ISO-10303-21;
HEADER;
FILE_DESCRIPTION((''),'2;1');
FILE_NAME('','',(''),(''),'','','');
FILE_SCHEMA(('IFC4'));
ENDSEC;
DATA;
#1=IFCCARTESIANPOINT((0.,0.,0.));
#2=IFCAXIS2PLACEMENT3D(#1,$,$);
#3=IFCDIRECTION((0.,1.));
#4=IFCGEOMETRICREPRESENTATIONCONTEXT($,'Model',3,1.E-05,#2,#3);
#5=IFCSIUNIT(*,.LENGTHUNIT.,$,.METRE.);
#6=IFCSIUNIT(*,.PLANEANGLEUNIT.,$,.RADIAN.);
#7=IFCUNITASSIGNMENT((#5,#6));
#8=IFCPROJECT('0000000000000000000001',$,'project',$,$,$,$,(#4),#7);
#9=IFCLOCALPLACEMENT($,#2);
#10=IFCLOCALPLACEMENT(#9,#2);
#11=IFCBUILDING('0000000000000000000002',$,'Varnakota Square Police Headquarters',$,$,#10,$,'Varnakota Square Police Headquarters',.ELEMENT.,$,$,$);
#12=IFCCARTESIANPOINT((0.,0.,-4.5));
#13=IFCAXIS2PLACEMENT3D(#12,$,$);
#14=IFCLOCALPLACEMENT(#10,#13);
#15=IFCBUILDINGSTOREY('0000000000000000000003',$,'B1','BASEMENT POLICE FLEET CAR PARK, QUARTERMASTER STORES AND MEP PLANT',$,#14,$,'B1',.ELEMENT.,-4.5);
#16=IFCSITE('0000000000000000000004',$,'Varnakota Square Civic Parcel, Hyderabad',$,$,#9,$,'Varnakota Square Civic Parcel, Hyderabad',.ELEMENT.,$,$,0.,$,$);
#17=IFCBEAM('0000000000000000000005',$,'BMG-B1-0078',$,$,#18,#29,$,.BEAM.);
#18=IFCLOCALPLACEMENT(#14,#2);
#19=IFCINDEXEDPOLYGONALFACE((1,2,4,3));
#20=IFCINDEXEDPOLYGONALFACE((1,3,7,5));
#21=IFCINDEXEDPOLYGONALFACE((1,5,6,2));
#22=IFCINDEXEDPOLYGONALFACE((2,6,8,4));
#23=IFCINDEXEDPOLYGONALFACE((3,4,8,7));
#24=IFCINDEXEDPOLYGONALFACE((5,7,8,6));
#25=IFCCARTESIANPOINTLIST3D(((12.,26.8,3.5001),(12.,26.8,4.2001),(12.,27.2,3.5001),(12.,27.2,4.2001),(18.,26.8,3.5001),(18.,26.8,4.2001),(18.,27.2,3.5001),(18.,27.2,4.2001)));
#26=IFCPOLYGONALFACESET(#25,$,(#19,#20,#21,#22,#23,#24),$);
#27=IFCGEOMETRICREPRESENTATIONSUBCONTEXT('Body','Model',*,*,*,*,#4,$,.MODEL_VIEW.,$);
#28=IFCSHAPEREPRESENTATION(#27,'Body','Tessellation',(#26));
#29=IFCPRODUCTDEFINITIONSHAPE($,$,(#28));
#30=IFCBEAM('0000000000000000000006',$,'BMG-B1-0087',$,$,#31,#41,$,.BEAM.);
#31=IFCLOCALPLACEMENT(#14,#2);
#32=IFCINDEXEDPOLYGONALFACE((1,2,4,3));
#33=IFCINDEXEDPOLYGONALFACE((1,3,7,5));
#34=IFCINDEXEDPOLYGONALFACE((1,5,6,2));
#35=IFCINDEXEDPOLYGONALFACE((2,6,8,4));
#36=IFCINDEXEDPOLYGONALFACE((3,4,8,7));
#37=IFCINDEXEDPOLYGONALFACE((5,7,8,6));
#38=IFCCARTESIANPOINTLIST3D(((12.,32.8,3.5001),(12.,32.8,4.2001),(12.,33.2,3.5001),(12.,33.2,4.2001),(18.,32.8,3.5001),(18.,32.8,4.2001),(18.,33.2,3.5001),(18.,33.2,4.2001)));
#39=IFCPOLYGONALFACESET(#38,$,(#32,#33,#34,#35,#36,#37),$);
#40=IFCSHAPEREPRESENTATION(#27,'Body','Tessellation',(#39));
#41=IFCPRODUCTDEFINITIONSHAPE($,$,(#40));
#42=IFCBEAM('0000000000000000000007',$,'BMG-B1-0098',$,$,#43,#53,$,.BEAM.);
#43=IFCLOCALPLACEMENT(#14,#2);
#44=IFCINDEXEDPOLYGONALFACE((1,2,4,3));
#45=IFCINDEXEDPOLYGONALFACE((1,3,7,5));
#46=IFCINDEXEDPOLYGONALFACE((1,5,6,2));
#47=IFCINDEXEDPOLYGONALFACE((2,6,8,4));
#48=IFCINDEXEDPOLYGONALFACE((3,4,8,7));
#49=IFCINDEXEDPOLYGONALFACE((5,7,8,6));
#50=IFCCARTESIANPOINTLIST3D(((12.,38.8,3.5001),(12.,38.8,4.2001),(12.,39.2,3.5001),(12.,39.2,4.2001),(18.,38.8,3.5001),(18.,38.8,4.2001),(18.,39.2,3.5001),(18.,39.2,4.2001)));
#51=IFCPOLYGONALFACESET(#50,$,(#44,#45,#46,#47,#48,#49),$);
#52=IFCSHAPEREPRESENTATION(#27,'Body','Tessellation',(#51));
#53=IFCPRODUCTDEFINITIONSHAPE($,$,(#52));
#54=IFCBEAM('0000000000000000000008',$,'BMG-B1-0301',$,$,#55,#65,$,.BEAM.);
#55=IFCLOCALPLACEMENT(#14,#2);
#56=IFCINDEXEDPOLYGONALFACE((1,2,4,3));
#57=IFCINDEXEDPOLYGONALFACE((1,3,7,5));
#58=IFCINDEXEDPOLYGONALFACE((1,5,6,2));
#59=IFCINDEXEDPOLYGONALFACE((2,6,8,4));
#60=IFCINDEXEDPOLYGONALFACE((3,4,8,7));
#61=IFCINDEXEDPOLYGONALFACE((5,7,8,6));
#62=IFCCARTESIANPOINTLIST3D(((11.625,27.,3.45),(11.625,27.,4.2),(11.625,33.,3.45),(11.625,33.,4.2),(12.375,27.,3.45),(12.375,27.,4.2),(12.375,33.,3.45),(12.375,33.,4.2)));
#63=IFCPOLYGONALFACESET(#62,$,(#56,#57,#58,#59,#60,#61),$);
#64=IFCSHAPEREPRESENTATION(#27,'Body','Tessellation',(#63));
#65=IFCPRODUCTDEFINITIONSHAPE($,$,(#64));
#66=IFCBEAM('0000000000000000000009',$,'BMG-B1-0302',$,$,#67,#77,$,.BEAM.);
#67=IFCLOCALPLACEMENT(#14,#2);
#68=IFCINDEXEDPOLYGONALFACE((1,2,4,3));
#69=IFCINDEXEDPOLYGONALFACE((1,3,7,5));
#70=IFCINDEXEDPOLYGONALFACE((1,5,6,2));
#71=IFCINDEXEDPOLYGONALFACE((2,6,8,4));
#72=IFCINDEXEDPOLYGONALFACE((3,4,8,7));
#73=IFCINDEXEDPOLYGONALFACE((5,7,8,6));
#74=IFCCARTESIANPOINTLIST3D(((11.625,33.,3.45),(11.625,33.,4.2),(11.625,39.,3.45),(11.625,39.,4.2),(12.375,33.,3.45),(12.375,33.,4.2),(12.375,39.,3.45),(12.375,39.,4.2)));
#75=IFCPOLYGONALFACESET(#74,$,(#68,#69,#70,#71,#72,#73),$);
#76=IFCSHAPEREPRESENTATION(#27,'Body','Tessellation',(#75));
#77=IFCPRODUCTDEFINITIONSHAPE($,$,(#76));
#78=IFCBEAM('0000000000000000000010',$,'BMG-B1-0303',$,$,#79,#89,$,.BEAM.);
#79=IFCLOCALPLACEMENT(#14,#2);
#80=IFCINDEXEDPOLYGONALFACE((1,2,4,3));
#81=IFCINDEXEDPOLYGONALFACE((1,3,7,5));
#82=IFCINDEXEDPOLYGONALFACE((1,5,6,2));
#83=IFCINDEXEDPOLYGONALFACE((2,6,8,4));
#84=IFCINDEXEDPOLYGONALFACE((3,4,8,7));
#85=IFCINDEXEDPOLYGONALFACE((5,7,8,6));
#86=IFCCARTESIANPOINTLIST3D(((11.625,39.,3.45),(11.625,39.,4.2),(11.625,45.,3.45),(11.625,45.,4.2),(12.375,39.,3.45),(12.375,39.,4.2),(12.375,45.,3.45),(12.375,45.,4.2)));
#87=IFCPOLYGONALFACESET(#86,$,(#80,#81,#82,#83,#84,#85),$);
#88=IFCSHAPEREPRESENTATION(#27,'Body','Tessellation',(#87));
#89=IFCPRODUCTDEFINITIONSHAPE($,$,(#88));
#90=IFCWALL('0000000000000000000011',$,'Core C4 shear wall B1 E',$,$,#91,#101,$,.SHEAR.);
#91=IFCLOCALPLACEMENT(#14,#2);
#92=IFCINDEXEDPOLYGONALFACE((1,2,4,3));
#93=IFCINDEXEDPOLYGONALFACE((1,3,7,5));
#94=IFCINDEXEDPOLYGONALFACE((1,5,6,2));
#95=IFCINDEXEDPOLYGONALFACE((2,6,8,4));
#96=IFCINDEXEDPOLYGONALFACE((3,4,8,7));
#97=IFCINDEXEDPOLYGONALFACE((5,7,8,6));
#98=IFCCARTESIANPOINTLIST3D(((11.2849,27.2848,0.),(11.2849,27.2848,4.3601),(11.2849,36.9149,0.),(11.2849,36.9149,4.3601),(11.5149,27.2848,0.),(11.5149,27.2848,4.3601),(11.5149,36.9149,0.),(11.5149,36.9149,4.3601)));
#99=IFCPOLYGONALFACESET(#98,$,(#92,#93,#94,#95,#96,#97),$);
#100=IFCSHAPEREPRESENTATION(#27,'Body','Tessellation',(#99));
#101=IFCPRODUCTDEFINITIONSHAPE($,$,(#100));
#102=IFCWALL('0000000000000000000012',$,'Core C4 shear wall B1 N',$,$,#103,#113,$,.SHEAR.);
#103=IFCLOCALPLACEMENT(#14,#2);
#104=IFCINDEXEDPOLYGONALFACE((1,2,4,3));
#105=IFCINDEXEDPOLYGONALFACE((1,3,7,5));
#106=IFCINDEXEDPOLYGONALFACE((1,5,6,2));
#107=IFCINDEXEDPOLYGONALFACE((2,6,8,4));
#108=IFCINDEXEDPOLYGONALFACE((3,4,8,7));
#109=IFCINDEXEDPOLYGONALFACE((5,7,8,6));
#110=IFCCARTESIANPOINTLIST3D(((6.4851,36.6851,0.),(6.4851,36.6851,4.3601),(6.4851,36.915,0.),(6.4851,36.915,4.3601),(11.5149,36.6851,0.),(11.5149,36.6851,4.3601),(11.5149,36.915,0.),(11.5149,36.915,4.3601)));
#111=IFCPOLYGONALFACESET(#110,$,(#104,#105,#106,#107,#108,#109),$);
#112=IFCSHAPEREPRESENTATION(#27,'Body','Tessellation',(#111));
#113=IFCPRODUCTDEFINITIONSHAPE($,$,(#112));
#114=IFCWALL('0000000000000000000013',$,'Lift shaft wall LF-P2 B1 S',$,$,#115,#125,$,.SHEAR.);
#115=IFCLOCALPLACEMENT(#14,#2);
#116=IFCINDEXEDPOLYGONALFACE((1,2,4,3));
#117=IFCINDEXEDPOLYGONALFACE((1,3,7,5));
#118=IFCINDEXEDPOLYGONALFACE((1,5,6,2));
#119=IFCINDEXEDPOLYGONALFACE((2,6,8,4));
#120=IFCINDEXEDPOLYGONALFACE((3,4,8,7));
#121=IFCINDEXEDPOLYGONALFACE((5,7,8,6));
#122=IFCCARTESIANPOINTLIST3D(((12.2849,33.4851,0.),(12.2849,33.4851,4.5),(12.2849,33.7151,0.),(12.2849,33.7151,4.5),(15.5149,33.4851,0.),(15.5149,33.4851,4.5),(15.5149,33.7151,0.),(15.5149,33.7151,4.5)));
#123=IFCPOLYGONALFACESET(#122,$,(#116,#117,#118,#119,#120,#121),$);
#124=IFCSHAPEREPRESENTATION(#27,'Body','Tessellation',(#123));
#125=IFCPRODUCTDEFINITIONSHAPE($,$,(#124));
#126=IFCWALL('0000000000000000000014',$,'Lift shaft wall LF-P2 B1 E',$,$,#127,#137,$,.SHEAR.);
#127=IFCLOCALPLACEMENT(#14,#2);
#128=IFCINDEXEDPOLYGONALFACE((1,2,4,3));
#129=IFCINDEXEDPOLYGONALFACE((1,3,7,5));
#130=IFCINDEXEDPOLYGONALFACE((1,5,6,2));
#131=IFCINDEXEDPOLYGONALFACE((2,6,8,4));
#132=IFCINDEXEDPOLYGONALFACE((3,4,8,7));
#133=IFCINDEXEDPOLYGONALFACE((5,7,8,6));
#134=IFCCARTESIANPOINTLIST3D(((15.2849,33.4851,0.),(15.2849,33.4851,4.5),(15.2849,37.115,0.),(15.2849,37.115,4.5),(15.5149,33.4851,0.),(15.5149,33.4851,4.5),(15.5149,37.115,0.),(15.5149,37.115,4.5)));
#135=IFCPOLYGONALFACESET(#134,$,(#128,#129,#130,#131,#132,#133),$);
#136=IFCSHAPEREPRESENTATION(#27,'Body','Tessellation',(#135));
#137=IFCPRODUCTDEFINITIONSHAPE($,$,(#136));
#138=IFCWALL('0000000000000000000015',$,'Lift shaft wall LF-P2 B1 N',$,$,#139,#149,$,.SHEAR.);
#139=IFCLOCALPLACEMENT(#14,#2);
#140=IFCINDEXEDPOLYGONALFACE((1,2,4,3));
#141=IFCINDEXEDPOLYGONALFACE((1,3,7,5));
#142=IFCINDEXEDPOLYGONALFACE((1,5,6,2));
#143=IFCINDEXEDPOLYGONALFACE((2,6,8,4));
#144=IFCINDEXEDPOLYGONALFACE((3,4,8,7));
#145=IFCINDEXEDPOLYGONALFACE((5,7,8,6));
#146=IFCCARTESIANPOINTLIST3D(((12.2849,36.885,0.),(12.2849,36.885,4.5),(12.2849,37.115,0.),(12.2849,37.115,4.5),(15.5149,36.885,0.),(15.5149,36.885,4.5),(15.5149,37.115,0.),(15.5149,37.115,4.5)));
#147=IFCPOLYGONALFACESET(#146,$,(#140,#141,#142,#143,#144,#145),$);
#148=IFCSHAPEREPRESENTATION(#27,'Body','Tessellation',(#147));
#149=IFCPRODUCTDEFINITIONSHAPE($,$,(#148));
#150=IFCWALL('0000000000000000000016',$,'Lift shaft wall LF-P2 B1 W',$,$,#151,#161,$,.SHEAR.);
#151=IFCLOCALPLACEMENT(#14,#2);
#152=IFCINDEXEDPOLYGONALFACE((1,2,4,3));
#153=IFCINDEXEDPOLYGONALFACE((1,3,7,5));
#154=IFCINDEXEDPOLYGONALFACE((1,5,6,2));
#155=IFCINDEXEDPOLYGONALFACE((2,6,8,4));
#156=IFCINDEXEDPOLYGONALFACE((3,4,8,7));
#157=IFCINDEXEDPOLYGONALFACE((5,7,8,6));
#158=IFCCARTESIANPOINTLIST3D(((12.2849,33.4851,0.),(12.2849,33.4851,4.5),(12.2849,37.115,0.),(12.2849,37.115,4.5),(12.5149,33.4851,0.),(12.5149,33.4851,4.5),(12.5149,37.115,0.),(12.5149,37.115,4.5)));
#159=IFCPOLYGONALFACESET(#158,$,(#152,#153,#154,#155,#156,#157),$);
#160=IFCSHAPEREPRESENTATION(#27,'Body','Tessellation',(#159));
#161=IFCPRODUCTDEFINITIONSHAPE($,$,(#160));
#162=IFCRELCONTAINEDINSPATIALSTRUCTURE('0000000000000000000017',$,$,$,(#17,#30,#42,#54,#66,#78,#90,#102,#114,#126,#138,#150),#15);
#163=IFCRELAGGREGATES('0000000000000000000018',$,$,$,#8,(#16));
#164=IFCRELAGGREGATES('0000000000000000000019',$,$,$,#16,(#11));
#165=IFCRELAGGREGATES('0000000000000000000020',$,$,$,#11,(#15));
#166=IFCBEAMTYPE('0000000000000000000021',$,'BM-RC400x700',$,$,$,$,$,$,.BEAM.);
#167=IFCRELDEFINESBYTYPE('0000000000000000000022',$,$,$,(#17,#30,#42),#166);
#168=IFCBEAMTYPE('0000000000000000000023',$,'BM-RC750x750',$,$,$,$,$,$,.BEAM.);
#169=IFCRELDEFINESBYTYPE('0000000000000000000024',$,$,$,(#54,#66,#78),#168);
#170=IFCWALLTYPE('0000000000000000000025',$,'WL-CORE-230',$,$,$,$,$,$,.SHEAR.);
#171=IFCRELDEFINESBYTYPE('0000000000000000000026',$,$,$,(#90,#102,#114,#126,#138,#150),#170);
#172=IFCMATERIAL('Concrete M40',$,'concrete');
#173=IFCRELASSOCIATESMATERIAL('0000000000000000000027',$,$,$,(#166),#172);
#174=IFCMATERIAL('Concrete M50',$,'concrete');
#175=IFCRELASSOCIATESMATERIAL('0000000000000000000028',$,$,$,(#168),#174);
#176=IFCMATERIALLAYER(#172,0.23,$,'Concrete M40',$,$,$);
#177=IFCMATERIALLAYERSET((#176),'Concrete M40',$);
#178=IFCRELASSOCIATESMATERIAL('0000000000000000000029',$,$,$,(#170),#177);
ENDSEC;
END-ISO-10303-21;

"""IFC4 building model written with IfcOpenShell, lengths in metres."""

from ifc_helpers import new_model, si_unit, direction, frame, frame_2d, origin, origin_2d, place, context, subcontext, project, spatial, rectangle, extrude, material, layer, layer_set, material_profile, profile_set, type_object, element, save


model = new_model("IFC4")

# Units and contexts
model_context = context("Model", 3, precision=1e-05, world=origin(), true_north=direction((0.0, 1.0)))
body_context = subcontext(model_context, "Body", "Model", "MODEL_VIEW")
ifc_project = project(units=[si_unit("LENGTHUNIT", "METRE"), si_unit("PLANEANGLEUNIT", "RADIAN")], contexts=[model_context])

# Site, building, storey
site_placement = place(None, origin())
site = spatial("IfcSite", under=ifc_project, at=site_placement, Name="Varnakota Square Civic Parcel, Hyderabad", LongName="Varnakota Square Civic Parcel, Hyderabad", CompositionType="ELEMENT", RefElevation=0.0)
building_placement = place(site_placement, origin())
building = spatial("IfcBuilding", under=site, at=building_placement, Name="Varnakota Square Police Headquarters", LongName="Varnakota Square Police Headquarters", CompositionType="ELEMENT")
storey_placement = place(building_placement, frame((0.0, 0.0, -4.5)))
storey = spatial("IfcBuildingStorey", under=building, at=storey_placement, Name="B1", Description="BASEMENT POLICE FLEET CAR PARK, QUARTERMASTER STORES AND MEP PLANT", LongName="B1", CompositionType="ELEMENT", Elevation=-4.5)

# Shared definitions
ifc_material_1 = material(Name="Concrete M50", Category="concrete")
ifc_material_2 = material(Name="Concrete M40", Category="concrete")

# Beams
ifc_material_profile_1 = material_profile(ifc_material_2, rectangle(XDim=0.3999, YDim=0.7, at=origin_2d()), Name="RC 400x700")
ifc_profile_set_1 = profile_set([ifc_material_profile_1], Name="Concrete M40")
beam_type_1 = type_object("IfcBeamType", Name="BM-RC400x700", PredefinedType="BEAM", material=ifc_profile_set_1)
for number, where, z_axis, x_axis, name in (
    (1, (12.0, 27.0, 3.8501), (1.0, 0.0, 0.0), (0.0, 1.0, 0.0), "BMG-B1-0078"),
    (2, (12.0, 33.0, 3.8501), (1.0, 0.0, 0.0), (0.0, 1.0, 0.0), "BMG-B1-0087"),
    (3, (12.0, 39.0, 3.8501), (1.0, 0.0, 0.0), (0.0, 1.0, 0.0), "BMG-B1-0098"),
):
    element("IfcBeam", number, at=place(storey_placement, frame(where, z_axis=z_axis, x_axis=x_axis)), inside=storey, type_object=beam_type_1, Name=name, PredefinedType="BEAM", context=body_context, shape_type="SweptSolid", body=[
        extrude(rectangle(XDim=0.3999, YDim=0.7, at=origin_2d()), origin(), (0.0, 0.0, 1.0), 6.0),
    ])
ifc_material_profile_2 = material_profile(ifc_material_1, rectangle(XDim=0.75, YDim=0.75, at=origin_2d()), Name="RC 750x750")
ifc_profile_set_2 = profile_set([ifc_material_profile_2], Name="Concrete M50")
beam_type_2 = type_object("IfcBeamType", Name="BM-RC750x750", PredefinedType="BEAM", material=ifc_profile_set_2)
for number, where, z_axis, x_axis, name in (
    (4, (12.0, 27.0, 3.825), (0.0, 1.0, 0.0), (-1.0, 0.0, 0.0), "BMG-B1-0301"),
    (5, (12.0, 33.0, 3.825), (0.0, 1.0, 0.0), (-1.0, 0.0, 0.0), "BMG-B1-0302"),
    (6, (12.0, 39.0, 3.825), (0.0, 1.0, 0.0), (-1.0, 0.0, 0.0), "BMG-B1-0303"),
):
    element("IfcBeam", number, at=place(storey_placement, frame(where, z_axis=z_axis, x_axis=x_axis)), inside=storey, type_object=beam_type_2, Name=name, PredefinedType="BEAM", context=body_context, shape_type="SweptSolid", body=[
        extrude(rectangle(XDim=0.75, YDim=0.75, at=origin_2d()), origin(), (0.0, 0.0, 1.0), 6.0),
    ])

# Walls
ifc_layer = layer(ifc_material_2, 0.23, Name="Concrete M40")
ifc_layer_set = layer_set([ifc_layer], Name="Concrete M40")
wall_type = type_object("IfcWallType", Name="WL-CORE-230", PredefinedType="SHEAR", material=ifc_layer_set)
wall_1_placement = place(storey_placement, frame((11.3999, 27.2849, 0.0), z_axis=(0.0, 0.0, 1.0), x_axis=(0.0, 1.0, 0.0)))
element("IfcWall", 7, at=wall_1_placement, inside=storey, type_object=wall_type, Name="Core C4 shear wall B1 E", PredefinedType="SHEAR", context=body_context, shape_type="SweptSolid", body=[
    extrude(rectangle(XDim=9.6301, YDim=0.23, at=frame_2d((4.8149, 0.0))), origin(), (0.0, 0.0, 1.0), 4.3601),
])
wall_2_placement = place(storey_placement, frame((11.5149, 36.8, 0.0), z_axis=(0.0, 0.0, 1.0), x_axis=(-1.0, 0.0, 0.0)))
element("IfcWall", 8, at=wall_2_placement, inside=storey, type_object=wall_type, Name="Core C4 shear wall B1 N", PredefinedType="SHEAR", context=body_context, shape_type="SweptSolid", body=[
    extrude(rectangle(XDim=5.0298, YDim=0.23, at=frame_2d((2.5149, 0.0))), origin(), (0.0, 0.0, 1.0), 4.3601),
])
wall_3_placement = place(storey_placement, frame((12.2849, 33.6001, 0.0), z_axis=(0.0, 0.0, 1.0), x_axis=(1.0, 0.0, 0.0)))
element("IfcWall", 9, at=wall_3_placement, inside=storey, type_object=wall_type, Name="Lift shaft wall LF-P2 B1 S", PredefinedType="SHEAR", context=body_context, shape_type="SweptSolid", body=[
    extrude(rectangle(XDim=3.23, YDim=0.23, at=frame_2d((1.615, 0.0))), origin(), (0.0, 0.0, 1.0), 4.5),
])
wall_4_placement = place(storey_placement, frame((15.3999, 33.4851, 0.0), z_axis=(0.0, 0.0, 1.0), x_axis=(0.0, 1.0, 0.0)))
element("IfcWall", 10, at=wall_4_placement, inside=storey, type_object=wall_type, Name="Lift shaft wall LF-P2 B1 E", PredefinedType="SHEAR", context=body_context, shape_type="SweptSolid", body=[
    extrude(rectangle(XDim=3.6299, YDim=0.23, at=frame_2d((1.8149, 0.0))), origin(), (0.0, 0.0, 1.0), 4.5),
])
wall_5_placement = place(storey_placement, frame((15.5149, 37.0, 0.0), z_axis=(0.0, 0.0, 1.0), x_axis=(-1.0, 0.0, 0.0)))
element("IfcWall", 11, at=wall_5_placement, inside=storey, type_object=wall_type, Name="Lift shaft wall LF-P2 B1 N", PredefinedType="SHEAR", context=body_context, shape_type="SweptSolid", body=[
    extrude(rectangle(XDim=3.23, YDim=0.23, at=frame_2d((1.615, 0.0))), origin(), (0.0, 0.0, 1.0), 4.5),
])
wall_6_placement = place(storey_placement, frame((12.3999, 37.115, 0.0), z_axis=(0.0, 0.0, 1.0), x_axis=(0.0, -1.0, 0.0)))
element("IfcWall", 12, at=wall_6_placement, inside=storey, type_object=wall_type, Name="Lift shaft wall LF-P2 B1 W", PredefinedType="SHEAR", context=body_context, shape_type="SweptSolid", body=[
    extrude(rectangle(XDim=3.6299, YDim=0.23, at=frame_2d((1.8149, 0.0))), origin(), (0.0, 0.0, 1.0), 4.5),
])

save(model, "model.ifc")
